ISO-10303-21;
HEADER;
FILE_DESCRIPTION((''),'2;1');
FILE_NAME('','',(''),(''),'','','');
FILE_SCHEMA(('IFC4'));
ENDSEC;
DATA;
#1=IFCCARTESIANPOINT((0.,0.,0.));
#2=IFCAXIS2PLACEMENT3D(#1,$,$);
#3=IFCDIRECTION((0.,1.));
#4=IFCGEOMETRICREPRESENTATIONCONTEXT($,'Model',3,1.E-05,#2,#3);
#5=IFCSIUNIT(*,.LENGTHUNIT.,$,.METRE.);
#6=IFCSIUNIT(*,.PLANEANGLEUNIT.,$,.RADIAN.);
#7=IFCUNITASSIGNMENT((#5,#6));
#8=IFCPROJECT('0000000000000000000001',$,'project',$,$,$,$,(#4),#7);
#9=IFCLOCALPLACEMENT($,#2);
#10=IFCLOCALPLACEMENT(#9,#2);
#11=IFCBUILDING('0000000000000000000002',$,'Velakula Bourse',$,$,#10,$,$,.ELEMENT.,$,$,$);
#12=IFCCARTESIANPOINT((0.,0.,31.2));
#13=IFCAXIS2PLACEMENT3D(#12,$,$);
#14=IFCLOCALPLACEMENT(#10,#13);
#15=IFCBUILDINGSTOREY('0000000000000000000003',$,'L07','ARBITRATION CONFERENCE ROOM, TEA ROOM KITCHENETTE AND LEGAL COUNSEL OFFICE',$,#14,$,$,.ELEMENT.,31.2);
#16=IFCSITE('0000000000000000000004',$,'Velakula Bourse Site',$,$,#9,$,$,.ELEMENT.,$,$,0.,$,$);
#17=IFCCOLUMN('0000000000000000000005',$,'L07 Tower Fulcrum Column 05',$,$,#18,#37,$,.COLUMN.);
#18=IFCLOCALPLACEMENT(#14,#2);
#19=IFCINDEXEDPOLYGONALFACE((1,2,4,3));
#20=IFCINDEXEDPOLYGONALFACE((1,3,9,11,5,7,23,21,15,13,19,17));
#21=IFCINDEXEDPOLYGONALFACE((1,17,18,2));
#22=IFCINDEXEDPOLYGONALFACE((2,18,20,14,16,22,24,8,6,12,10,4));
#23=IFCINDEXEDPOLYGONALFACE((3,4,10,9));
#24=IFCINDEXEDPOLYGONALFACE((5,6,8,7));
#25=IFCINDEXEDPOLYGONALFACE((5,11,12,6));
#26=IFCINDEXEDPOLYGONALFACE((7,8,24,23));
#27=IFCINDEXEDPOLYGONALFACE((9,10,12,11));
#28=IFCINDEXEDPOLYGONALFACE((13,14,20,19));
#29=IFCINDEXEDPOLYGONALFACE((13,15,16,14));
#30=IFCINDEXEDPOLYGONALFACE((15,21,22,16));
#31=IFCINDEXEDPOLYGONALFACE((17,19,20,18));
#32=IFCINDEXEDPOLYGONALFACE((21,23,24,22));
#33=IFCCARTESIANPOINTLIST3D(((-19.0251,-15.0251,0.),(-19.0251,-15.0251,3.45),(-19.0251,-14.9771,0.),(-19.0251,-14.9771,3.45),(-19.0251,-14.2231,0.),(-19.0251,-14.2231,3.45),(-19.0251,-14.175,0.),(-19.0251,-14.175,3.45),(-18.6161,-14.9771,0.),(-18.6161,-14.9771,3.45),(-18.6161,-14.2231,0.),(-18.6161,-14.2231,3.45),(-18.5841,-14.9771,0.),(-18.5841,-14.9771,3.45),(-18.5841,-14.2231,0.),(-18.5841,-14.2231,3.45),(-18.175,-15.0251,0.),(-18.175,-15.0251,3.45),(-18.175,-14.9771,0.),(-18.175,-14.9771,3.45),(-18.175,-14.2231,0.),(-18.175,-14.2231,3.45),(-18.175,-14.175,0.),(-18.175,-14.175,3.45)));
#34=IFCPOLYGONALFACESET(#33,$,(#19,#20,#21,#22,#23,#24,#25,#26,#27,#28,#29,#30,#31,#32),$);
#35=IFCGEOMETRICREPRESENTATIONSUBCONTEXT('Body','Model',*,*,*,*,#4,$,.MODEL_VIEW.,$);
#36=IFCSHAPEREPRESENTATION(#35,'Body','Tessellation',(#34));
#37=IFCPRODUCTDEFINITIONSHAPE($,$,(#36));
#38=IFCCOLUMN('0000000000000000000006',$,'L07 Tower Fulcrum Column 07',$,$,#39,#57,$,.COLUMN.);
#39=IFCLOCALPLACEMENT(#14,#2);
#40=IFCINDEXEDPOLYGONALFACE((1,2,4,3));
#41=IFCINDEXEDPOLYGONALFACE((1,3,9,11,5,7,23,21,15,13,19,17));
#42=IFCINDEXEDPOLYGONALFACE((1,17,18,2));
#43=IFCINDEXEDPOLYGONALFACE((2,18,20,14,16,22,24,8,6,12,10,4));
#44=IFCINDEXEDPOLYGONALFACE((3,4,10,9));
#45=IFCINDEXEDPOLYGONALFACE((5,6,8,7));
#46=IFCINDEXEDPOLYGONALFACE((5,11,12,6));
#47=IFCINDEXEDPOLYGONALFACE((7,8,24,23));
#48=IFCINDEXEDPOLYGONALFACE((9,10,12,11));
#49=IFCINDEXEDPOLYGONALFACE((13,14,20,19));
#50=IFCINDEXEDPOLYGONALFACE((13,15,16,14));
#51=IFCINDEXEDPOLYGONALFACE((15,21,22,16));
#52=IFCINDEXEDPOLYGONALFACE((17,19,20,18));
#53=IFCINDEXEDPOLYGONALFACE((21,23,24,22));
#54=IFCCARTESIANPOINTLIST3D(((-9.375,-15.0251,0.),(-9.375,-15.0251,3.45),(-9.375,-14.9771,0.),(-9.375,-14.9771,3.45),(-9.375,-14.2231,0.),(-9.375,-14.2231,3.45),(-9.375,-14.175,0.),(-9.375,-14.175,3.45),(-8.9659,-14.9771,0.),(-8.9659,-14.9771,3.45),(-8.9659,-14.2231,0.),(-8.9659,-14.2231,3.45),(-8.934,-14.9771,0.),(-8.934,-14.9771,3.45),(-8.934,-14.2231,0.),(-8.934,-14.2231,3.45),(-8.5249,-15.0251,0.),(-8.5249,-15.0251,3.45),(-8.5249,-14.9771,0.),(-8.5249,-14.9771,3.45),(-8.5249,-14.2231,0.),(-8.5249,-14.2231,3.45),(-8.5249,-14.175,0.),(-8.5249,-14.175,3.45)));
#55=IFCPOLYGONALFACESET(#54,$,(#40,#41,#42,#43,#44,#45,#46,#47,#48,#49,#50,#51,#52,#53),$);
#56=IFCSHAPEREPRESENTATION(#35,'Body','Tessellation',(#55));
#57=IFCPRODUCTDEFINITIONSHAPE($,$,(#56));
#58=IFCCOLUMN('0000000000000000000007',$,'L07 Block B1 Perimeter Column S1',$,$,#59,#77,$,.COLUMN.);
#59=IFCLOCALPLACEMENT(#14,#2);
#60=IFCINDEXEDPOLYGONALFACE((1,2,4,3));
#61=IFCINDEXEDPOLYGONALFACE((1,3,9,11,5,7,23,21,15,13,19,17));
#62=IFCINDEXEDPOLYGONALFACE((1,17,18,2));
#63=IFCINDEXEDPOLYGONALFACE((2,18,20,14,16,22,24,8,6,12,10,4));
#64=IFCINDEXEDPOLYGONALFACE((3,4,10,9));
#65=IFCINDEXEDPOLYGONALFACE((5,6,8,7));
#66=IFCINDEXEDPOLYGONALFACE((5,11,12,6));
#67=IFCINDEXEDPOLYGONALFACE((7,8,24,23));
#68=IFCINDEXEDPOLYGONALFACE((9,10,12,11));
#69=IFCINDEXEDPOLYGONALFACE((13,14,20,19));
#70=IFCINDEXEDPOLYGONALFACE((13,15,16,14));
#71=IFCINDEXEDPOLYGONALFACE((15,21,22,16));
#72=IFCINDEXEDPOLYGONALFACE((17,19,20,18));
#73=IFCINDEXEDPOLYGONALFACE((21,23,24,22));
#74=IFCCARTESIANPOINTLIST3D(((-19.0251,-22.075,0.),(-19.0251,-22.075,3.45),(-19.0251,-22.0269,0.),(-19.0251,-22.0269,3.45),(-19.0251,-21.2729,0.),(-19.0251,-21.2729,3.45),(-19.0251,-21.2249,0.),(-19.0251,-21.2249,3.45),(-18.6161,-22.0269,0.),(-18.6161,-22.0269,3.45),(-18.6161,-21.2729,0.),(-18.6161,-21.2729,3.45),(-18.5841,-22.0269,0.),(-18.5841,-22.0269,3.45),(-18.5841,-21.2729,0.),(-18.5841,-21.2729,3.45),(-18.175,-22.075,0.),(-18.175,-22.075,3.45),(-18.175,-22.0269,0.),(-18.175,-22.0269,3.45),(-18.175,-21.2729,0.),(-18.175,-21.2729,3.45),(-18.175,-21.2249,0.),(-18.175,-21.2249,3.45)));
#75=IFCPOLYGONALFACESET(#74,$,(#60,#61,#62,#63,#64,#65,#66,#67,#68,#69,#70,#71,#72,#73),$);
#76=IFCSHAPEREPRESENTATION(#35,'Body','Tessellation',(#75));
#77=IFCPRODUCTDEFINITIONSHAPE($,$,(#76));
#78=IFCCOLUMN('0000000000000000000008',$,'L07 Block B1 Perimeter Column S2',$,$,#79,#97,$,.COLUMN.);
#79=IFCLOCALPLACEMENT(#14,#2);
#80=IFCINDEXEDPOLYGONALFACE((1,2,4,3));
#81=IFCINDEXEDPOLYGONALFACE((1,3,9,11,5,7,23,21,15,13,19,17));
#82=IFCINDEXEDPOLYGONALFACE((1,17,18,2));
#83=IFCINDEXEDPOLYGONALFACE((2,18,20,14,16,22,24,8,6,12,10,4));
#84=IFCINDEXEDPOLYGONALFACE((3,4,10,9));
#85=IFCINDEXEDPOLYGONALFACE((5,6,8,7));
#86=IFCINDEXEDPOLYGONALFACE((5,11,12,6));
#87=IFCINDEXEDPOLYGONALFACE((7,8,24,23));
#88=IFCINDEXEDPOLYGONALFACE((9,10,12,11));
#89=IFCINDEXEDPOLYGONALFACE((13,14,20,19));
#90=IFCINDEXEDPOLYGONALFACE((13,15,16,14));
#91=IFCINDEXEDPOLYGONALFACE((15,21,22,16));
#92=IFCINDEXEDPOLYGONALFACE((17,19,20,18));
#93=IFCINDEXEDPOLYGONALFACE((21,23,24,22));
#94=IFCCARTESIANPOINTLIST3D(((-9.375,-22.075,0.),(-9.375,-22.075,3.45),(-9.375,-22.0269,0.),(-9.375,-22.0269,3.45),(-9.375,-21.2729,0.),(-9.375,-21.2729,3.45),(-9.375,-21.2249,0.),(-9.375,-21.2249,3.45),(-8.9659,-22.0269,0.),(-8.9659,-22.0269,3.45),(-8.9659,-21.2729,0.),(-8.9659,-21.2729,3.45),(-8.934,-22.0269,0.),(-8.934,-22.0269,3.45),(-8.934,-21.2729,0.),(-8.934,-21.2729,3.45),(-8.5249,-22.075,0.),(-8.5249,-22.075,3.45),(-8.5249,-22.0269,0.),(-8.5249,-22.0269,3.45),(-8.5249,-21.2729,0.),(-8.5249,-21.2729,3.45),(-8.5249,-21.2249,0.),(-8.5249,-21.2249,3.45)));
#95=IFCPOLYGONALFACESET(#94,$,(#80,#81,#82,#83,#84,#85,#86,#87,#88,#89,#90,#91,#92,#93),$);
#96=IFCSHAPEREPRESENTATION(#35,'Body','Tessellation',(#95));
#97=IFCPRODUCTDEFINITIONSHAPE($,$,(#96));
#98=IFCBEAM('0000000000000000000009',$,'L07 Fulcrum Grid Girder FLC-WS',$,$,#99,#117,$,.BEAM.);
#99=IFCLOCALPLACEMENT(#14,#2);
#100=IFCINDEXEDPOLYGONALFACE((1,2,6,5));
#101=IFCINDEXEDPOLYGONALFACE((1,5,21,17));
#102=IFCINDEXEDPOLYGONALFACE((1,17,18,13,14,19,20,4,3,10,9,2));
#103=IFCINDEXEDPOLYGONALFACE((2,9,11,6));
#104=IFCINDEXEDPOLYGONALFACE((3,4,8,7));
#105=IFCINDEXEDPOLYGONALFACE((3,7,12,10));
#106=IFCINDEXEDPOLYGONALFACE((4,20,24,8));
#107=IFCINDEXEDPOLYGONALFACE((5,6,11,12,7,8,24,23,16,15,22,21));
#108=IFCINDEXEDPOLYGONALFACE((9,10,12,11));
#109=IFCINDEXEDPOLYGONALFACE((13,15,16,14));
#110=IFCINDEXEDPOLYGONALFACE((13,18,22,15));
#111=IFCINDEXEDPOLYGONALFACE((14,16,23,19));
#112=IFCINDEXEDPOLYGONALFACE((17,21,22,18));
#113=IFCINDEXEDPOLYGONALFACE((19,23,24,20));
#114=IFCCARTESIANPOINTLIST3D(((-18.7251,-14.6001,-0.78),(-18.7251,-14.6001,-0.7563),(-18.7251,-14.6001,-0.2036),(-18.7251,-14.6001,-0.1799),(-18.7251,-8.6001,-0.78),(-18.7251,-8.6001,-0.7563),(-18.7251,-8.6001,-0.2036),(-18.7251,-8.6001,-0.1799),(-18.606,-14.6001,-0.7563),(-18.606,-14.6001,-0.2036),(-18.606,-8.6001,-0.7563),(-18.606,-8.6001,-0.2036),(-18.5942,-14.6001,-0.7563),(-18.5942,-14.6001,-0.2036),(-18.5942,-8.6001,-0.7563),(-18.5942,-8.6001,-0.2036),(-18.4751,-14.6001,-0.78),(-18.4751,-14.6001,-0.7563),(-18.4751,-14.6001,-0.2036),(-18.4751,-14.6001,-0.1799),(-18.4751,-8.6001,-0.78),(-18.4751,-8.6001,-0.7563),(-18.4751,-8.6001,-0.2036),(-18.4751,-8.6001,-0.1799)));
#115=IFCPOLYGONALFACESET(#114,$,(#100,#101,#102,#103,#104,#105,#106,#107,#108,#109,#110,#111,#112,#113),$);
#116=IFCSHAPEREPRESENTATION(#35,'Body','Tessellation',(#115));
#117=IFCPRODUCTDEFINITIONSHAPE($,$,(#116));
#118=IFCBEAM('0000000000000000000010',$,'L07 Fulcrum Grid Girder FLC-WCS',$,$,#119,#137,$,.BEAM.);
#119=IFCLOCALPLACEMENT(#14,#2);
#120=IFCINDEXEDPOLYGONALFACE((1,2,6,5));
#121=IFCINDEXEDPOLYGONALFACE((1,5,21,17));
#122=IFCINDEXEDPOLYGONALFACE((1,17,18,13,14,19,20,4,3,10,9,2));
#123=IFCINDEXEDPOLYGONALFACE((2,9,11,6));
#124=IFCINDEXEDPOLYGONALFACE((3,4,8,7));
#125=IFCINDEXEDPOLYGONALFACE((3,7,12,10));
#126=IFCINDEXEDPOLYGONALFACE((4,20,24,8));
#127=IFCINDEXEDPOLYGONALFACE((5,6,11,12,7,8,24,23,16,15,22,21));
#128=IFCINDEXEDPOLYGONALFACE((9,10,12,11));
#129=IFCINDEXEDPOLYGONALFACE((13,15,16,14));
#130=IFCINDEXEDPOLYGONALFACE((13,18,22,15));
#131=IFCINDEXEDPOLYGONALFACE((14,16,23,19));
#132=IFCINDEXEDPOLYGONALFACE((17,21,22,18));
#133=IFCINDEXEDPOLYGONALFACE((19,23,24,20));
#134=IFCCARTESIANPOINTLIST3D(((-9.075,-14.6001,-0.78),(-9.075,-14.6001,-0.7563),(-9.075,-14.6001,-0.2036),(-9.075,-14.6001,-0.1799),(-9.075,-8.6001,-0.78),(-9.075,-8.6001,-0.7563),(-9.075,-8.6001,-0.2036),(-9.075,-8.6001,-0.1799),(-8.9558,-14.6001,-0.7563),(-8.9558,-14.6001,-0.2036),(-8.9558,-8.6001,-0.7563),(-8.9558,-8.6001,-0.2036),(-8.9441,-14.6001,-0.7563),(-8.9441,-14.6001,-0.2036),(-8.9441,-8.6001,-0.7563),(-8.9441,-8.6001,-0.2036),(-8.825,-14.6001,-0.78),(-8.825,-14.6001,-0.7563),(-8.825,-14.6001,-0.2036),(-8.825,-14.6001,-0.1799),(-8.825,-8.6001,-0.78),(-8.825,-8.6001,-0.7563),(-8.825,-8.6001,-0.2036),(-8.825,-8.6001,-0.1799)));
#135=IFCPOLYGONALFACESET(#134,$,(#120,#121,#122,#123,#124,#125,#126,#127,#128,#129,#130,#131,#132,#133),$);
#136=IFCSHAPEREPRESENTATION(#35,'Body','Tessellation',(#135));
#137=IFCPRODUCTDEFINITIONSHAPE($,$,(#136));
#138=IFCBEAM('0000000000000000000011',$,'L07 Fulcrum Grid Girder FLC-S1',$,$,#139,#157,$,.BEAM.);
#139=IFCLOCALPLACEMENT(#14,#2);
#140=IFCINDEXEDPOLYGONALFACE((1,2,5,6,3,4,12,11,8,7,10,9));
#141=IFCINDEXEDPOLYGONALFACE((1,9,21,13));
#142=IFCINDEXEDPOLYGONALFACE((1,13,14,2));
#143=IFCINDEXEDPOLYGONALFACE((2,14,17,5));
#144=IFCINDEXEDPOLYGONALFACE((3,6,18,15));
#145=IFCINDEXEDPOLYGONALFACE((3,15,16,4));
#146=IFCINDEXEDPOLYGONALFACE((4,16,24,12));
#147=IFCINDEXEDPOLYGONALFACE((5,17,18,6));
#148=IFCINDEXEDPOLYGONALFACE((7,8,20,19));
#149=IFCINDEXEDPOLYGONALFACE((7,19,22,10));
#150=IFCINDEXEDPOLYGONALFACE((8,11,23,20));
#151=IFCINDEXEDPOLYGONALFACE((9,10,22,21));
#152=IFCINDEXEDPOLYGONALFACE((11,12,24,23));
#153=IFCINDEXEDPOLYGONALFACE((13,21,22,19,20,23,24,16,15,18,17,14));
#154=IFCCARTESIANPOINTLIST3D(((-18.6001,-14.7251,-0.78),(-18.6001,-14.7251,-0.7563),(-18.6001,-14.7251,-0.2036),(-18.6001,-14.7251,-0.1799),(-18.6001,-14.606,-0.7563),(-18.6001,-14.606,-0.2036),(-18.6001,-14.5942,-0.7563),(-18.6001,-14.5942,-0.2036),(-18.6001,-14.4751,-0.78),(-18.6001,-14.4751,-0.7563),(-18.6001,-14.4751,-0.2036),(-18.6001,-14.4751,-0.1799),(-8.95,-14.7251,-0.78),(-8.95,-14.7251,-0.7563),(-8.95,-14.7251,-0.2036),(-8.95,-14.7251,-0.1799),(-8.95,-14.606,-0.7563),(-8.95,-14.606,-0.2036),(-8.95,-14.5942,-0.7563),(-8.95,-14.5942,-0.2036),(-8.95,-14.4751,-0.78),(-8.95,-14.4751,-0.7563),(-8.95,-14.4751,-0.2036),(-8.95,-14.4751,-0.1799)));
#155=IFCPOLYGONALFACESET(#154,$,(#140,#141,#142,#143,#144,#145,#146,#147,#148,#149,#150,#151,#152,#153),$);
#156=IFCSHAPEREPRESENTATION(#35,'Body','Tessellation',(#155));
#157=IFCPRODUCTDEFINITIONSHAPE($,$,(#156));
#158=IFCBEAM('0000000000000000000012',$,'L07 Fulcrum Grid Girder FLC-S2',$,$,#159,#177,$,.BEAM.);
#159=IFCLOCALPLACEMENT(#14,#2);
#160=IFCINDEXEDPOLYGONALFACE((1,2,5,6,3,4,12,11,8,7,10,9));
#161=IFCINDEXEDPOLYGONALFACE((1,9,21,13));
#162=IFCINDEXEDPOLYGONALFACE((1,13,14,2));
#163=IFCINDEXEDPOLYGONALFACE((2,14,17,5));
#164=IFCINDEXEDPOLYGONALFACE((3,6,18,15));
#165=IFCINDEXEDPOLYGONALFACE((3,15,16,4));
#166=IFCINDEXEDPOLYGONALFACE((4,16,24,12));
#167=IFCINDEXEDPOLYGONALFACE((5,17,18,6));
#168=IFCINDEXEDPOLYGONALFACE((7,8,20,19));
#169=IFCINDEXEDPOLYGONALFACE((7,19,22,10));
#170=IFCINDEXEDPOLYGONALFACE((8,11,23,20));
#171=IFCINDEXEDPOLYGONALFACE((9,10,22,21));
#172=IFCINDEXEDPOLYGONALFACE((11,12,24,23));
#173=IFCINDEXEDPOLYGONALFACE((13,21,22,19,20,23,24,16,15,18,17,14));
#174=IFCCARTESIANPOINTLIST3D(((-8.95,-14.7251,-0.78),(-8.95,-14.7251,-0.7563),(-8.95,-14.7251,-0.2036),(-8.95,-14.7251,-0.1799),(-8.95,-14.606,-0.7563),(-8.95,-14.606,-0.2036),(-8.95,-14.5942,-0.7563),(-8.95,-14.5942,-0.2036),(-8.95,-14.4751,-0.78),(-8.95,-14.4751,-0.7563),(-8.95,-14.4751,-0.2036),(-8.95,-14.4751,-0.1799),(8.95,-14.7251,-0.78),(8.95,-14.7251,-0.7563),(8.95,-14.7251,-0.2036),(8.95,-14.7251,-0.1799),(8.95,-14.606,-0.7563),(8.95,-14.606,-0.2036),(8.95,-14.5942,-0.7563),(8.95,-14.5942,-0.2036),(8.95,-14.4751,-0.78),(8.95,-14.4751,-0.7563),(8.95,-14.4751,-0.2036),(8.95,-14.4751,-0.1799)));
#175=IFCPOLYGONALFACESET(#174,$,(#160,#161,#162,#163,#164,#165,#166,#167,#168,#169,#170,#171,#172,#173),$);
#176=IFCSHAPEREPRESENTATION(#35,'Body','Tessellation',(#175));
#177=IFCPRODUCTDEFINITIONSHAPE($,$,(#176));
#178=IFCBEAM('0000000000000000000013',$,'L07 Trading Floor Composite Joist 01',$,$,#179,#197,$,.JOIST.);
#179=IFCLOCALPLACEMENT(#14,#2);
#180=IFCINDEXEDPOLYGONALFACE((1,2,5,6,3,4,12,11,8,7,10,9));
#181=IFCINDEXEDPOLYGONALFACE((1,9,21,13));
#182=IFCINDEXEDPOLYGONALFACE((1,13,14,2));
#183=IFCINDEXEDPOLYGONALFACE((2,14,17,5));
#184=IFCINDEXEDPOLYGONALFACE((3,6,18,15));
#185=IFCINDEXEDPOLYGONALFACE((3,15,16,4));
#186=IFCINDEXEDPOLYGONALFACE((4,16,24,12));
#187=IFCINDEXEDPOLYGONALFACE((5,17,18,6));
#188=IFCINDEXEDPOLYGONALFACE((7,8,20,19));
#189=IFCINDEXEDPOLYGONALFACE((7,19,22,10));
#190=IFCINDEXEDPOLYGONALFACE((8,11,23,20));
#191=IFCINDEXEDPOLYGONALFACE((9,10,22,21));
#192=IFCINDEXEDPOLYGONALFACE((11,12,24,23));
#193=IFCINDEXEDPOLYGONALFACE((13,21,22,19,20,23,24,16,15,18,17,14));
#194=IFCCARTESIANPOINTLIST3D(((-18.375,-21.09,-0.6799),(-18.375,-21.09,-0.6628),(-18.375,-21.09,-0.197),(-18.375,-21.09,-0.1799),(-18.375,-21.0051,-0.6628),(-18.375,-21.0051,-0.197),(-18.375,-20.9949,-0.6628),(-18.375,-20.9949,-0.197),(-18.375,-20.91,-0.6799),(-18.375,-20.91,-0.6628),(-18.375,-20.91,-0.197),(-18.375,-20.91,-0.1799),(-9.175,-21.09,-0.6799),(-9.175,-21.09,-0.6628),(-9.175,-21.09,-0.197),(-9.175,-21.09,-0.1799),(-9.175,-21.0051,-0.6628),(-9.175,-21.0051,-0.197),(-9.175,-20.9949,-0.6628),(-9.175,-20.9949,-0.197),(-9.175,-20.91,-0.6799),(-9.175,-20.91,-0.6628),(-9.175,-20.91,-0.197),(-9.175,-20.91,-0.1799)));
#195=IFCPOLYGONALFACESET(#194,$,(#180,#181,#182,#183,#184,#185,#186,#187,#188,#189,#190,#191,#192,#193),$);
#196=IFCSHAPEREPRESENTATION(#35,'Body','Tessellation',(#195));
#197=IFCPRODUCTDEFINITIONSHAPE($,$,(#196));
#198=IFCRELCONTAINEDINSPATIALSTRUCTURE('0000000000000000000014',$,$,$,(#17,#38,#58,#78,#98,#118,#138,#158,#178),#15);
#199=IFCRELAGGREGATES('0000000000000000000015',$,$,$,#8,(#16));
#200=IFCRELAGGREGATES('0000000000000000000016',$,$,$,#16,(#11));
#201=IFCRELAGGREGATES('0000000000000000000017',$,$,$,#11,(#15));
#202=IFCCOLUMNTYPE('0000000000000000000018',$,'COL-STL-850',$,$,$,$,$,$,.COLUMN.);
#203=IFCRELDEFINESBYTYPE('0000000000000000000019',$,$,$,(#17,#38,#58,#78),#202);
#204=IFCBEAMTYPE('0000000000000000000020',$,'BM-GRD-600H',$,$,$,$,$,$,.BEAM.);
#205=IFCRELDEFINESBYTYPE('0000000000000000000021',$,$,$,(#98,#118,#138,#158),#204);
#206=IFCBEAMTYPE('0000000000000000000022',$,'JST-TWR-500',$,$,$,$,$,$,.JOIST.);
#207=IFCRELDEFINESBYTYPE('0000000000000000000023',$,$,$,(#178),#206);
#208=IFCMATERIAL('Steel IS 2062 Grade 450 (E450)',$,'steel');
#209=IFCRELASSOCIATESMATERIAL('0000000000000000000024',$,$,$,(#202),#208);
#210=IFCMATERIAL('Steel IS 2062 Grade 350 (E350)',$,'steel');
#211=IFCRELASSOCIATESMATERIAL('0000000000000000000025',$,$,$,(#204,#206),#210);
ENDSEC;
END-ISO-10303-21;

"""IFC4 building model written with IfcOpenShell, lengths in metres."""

from ifc_helpers import new_model, si_unit, direction, frame, origin, origin_2d, place, context, subcontext, project, spatial, i_section, extrude, material, material_profile, profile_set, type_object, element, save


model = new_model("IFC4")

# Units and contexts
model_context = context("Model", 3, precision=1e-05, world=origin(), true_north=direction((0.0, 1.0)))
body_context = subcontext(model_context, "Body", "Model", "MODEL_VIEW")
ifc_project = project(units=[si_unit("LENGTHUNIT", "METRE"), si_unit("PLANEANGLEUNIT", "RADIAN")], contexts=[model_context])

# Site, building, storey
site_placement = place(None, origin())
site = spatial("IfcSite", under=ifc_project, at=site_placement, Name="Velakula Bourse Site", CompositionType="ELEMENT", RefElevation=0.0)
building_placement = place(site_placement, origin())
building = spatial("IfcBuilding", under=site, at=building_placement, Name="Velakula Bourse", CompositionType="ELEMENT")
storey_placement = place(building_placement, frame((0.0, 0.0, 31.2)))
storey = spatial("IfcBuildingStorey", under=building, at=storey_placement, Name="L07", Description="ARBITRATION CONFERENCE ROOM, TEA ROOM KITCHENETTE AND LEGAL COUNSEL OFFICE", CompositionType="ELEMENT", Elevation=31.2)

# Columns
ifc_material_1 = material(Name="Steel IS 2062 Grade 450 (E450)", Category="steel")
ifc_material_profile_1 = material_profile(ifc_material_1, i_section(OverallWidth=0.8501, OverallDepth=0.8501, WebThickness=0.032, FlangeThickness=0.0481, at=origin_2d()), Name="Steel IS 2062 Grade 450 (E450)")
ifc_profile_set_1 = profile_set([ifc_material_profile_1], Name="Steel IS 2062 Grade 450 (E450)")
column_type = type_object("IfcColumnType", Name="COL-STL-850", PredefinedType="COLUMN", material=ifc_profile_set_1)
for number, where, z_axis, x_axis, name in (
    (1, (-18.6001, -14.6001, 0.0), (0.0, 0.0, 1.0), (1.0, 0.0, 0.0), "L07 Tower Fulcrum Column 05"),
    (2, (-8.95, -14.6001, 0.0), (0.0, 0.0, 1.0), (1.0, 0.0, 0.0), "L07 Tower Fulcrum Column 07"),
    (3, (-18.6001, -21.6499, 0.0), (0.0, 0.0, 1.0), (1.0, 0.0, 0.0), "L07 Block B1 Perimeter Column S1"),
    (4, (-8.95, -21.6499, 0.0), (0.0, 0.0, 1.0), (1.0, 0.0, 0.0), "L07 Block B1 Perimeter Column S2"),
):
    element("IfcColumn", number, at=place(storey_placement, frame(where, z_axis=z_axis, x_axis=x_axis)), inside=storey, type_object=column_type, Name=name, PredefinedType="COLUMN", context=body_context, shape_type="SweptSolid", body=[
        extrude(i_section(OverallWidth=0.8501, OverallDepth=0.8501, WebThickness=0.032, FlangeThickness=0.0481, at=origin_2d()), origin(), (0.0, 0.0, 1.0), 3.45),
    ])

# Beams
ifc_material_2 = material(Name="Steel IS 2062 Grade 350 (E350)", Category="steel")
ifc_material_profile_2 = material_profile(ifc_material_2, i_section(OverallWidth=0.25, OverallDepth=0.6001, WebThickness=0.0117, FlangeThickness=0.0237, at=origin_2d()), Name="Steel IS 2062 Grade 350 (E350)")
ifc_profile_set_2 = profile_set([ifc_material_profile_2], Name="Steel IS 2062 Grade 350 (E350)")
beam_type_1 = type_object("IfcBeamType", Name="BM-GRD-600H", PredefinedType="BEAM", material=ifc_profile_set_2)
for number, where, z_axis, x_axis, name in (
    (5, (-18.6001, -14.6001, -0.48), (0.0, 1.0, 0.0), (-1.0, 0.0, 0.0), "L07 Fulcrum Grid Girder FLC-WS"),
    (6, (-8.95, -14.6001, -0.48), (0.0, 1.0, 0.0), (-1.0, 0.0, 0.0), "L07 Fulcrum Grid Girder FLC-WCS"),
):
    element("IfcBeam", number, at=place(storey_placement, frame(where, z_axis=z_axis, x_axis=x_axis)), inside=storey, type_object=beam_type_1, Name=name, PredefinedType="BEAM", context=body_context, shape_type="SweptSolid", body=[
        extrude(i_section(OverallWidth=0.25, OverallDepth=0.6001, WebThickness=0.0117, FlangeThickness=0.0237, at=origin_2d()), origin(), (0.0, 0.0, 1.0), 6.0),
    ])
beam_1_placement = place(storey_placement, frame((-18.6001, -14.6001, -0.48), z_axis=(1.0, 0.0, 0.0), x_axis=(0.0, 1.0, 0.0)))
element("IfcBeam", 7, at=beam_1_placement, inside=storey, type_object=beam_type_1, Name="L07 Fulcrum Grid Girder FLC-S1", PredefinedType="BEAM", context=body_context, shape_type="SweptSolid", body=[
    extrude(i_section(OverallWidth=0.25, OverallDepth=0.6001, WebThickness=0.0117, FlangeThickness=0.0237, at=origin_2d()), origin(), (0.0, 0.0, 1.0), 9.6501),
])
beam_2_placement = place(storey_placement, frame((-8.95, -14.6001, -0.48), z_axis=(1.0, 0.0, 0.0), x_axis=(0.0, 1.0, 0.0)))
element("IfcBeam", 8, at=beam_2_placement, inside=storey, type_object=beam_type_1, Name="L07 Fulcrum Grid Girder FLC-S2", PredefinedType="BEAM", context=body_context, shape_type="SweptSolid", body=[
    extrude(i_section(OverallWidth=0.25, OverallDepth=0.6001, WebThickness=0.0117, FlangeThickness=0.0237, at=origin_2d()), origin(), (0.0, 0.0, 1.0), 17.8999),
])
ifc_material_profile_3 = material_profile(ifc_material_2, i_section(OverallWidth=0.1799, OverallDepth=0.5, WebThickness=0.0103, FlangeThickness=0.0171, at=origin_2d()), Name="Steel IS 2062 Grade 350 (E350)")
ifc_profile_set_3 = profile_set([ifc_material_profile_3], Name="Steel IS 2062 Grade 350 (E350)")
beam_type_2 = type_object("IfcBeamType", Name="JST-TWR-500", PredefinedType="JOIST", material=ifc_profile_set_3)
beam_3_placement = place(storey_placement, frame((-18.375, -21.0, -0.4299), z_axis=(1.0, 0.0, 0.0), x_axis=(0.0, 1.0, 0.0)))
element("IfcBeam", 9, at=beam_3_placement, inside=storey, type_object=beam_type_2, Name="L07 Trading Floor Composite Joist 01", PredefinedType="JOIST", context=body_context, shape_type="SweptSolid", body=[
    extrude(i_section(OverallWidth=0.1799, OverallDepth=0.5, WebThickness=0.0103, FlangeThickness=0.0171, at=origin_2d()), origin(), (0.0, 0.0, 1.0), 9.2),
])

save(model, "model.ifc")
